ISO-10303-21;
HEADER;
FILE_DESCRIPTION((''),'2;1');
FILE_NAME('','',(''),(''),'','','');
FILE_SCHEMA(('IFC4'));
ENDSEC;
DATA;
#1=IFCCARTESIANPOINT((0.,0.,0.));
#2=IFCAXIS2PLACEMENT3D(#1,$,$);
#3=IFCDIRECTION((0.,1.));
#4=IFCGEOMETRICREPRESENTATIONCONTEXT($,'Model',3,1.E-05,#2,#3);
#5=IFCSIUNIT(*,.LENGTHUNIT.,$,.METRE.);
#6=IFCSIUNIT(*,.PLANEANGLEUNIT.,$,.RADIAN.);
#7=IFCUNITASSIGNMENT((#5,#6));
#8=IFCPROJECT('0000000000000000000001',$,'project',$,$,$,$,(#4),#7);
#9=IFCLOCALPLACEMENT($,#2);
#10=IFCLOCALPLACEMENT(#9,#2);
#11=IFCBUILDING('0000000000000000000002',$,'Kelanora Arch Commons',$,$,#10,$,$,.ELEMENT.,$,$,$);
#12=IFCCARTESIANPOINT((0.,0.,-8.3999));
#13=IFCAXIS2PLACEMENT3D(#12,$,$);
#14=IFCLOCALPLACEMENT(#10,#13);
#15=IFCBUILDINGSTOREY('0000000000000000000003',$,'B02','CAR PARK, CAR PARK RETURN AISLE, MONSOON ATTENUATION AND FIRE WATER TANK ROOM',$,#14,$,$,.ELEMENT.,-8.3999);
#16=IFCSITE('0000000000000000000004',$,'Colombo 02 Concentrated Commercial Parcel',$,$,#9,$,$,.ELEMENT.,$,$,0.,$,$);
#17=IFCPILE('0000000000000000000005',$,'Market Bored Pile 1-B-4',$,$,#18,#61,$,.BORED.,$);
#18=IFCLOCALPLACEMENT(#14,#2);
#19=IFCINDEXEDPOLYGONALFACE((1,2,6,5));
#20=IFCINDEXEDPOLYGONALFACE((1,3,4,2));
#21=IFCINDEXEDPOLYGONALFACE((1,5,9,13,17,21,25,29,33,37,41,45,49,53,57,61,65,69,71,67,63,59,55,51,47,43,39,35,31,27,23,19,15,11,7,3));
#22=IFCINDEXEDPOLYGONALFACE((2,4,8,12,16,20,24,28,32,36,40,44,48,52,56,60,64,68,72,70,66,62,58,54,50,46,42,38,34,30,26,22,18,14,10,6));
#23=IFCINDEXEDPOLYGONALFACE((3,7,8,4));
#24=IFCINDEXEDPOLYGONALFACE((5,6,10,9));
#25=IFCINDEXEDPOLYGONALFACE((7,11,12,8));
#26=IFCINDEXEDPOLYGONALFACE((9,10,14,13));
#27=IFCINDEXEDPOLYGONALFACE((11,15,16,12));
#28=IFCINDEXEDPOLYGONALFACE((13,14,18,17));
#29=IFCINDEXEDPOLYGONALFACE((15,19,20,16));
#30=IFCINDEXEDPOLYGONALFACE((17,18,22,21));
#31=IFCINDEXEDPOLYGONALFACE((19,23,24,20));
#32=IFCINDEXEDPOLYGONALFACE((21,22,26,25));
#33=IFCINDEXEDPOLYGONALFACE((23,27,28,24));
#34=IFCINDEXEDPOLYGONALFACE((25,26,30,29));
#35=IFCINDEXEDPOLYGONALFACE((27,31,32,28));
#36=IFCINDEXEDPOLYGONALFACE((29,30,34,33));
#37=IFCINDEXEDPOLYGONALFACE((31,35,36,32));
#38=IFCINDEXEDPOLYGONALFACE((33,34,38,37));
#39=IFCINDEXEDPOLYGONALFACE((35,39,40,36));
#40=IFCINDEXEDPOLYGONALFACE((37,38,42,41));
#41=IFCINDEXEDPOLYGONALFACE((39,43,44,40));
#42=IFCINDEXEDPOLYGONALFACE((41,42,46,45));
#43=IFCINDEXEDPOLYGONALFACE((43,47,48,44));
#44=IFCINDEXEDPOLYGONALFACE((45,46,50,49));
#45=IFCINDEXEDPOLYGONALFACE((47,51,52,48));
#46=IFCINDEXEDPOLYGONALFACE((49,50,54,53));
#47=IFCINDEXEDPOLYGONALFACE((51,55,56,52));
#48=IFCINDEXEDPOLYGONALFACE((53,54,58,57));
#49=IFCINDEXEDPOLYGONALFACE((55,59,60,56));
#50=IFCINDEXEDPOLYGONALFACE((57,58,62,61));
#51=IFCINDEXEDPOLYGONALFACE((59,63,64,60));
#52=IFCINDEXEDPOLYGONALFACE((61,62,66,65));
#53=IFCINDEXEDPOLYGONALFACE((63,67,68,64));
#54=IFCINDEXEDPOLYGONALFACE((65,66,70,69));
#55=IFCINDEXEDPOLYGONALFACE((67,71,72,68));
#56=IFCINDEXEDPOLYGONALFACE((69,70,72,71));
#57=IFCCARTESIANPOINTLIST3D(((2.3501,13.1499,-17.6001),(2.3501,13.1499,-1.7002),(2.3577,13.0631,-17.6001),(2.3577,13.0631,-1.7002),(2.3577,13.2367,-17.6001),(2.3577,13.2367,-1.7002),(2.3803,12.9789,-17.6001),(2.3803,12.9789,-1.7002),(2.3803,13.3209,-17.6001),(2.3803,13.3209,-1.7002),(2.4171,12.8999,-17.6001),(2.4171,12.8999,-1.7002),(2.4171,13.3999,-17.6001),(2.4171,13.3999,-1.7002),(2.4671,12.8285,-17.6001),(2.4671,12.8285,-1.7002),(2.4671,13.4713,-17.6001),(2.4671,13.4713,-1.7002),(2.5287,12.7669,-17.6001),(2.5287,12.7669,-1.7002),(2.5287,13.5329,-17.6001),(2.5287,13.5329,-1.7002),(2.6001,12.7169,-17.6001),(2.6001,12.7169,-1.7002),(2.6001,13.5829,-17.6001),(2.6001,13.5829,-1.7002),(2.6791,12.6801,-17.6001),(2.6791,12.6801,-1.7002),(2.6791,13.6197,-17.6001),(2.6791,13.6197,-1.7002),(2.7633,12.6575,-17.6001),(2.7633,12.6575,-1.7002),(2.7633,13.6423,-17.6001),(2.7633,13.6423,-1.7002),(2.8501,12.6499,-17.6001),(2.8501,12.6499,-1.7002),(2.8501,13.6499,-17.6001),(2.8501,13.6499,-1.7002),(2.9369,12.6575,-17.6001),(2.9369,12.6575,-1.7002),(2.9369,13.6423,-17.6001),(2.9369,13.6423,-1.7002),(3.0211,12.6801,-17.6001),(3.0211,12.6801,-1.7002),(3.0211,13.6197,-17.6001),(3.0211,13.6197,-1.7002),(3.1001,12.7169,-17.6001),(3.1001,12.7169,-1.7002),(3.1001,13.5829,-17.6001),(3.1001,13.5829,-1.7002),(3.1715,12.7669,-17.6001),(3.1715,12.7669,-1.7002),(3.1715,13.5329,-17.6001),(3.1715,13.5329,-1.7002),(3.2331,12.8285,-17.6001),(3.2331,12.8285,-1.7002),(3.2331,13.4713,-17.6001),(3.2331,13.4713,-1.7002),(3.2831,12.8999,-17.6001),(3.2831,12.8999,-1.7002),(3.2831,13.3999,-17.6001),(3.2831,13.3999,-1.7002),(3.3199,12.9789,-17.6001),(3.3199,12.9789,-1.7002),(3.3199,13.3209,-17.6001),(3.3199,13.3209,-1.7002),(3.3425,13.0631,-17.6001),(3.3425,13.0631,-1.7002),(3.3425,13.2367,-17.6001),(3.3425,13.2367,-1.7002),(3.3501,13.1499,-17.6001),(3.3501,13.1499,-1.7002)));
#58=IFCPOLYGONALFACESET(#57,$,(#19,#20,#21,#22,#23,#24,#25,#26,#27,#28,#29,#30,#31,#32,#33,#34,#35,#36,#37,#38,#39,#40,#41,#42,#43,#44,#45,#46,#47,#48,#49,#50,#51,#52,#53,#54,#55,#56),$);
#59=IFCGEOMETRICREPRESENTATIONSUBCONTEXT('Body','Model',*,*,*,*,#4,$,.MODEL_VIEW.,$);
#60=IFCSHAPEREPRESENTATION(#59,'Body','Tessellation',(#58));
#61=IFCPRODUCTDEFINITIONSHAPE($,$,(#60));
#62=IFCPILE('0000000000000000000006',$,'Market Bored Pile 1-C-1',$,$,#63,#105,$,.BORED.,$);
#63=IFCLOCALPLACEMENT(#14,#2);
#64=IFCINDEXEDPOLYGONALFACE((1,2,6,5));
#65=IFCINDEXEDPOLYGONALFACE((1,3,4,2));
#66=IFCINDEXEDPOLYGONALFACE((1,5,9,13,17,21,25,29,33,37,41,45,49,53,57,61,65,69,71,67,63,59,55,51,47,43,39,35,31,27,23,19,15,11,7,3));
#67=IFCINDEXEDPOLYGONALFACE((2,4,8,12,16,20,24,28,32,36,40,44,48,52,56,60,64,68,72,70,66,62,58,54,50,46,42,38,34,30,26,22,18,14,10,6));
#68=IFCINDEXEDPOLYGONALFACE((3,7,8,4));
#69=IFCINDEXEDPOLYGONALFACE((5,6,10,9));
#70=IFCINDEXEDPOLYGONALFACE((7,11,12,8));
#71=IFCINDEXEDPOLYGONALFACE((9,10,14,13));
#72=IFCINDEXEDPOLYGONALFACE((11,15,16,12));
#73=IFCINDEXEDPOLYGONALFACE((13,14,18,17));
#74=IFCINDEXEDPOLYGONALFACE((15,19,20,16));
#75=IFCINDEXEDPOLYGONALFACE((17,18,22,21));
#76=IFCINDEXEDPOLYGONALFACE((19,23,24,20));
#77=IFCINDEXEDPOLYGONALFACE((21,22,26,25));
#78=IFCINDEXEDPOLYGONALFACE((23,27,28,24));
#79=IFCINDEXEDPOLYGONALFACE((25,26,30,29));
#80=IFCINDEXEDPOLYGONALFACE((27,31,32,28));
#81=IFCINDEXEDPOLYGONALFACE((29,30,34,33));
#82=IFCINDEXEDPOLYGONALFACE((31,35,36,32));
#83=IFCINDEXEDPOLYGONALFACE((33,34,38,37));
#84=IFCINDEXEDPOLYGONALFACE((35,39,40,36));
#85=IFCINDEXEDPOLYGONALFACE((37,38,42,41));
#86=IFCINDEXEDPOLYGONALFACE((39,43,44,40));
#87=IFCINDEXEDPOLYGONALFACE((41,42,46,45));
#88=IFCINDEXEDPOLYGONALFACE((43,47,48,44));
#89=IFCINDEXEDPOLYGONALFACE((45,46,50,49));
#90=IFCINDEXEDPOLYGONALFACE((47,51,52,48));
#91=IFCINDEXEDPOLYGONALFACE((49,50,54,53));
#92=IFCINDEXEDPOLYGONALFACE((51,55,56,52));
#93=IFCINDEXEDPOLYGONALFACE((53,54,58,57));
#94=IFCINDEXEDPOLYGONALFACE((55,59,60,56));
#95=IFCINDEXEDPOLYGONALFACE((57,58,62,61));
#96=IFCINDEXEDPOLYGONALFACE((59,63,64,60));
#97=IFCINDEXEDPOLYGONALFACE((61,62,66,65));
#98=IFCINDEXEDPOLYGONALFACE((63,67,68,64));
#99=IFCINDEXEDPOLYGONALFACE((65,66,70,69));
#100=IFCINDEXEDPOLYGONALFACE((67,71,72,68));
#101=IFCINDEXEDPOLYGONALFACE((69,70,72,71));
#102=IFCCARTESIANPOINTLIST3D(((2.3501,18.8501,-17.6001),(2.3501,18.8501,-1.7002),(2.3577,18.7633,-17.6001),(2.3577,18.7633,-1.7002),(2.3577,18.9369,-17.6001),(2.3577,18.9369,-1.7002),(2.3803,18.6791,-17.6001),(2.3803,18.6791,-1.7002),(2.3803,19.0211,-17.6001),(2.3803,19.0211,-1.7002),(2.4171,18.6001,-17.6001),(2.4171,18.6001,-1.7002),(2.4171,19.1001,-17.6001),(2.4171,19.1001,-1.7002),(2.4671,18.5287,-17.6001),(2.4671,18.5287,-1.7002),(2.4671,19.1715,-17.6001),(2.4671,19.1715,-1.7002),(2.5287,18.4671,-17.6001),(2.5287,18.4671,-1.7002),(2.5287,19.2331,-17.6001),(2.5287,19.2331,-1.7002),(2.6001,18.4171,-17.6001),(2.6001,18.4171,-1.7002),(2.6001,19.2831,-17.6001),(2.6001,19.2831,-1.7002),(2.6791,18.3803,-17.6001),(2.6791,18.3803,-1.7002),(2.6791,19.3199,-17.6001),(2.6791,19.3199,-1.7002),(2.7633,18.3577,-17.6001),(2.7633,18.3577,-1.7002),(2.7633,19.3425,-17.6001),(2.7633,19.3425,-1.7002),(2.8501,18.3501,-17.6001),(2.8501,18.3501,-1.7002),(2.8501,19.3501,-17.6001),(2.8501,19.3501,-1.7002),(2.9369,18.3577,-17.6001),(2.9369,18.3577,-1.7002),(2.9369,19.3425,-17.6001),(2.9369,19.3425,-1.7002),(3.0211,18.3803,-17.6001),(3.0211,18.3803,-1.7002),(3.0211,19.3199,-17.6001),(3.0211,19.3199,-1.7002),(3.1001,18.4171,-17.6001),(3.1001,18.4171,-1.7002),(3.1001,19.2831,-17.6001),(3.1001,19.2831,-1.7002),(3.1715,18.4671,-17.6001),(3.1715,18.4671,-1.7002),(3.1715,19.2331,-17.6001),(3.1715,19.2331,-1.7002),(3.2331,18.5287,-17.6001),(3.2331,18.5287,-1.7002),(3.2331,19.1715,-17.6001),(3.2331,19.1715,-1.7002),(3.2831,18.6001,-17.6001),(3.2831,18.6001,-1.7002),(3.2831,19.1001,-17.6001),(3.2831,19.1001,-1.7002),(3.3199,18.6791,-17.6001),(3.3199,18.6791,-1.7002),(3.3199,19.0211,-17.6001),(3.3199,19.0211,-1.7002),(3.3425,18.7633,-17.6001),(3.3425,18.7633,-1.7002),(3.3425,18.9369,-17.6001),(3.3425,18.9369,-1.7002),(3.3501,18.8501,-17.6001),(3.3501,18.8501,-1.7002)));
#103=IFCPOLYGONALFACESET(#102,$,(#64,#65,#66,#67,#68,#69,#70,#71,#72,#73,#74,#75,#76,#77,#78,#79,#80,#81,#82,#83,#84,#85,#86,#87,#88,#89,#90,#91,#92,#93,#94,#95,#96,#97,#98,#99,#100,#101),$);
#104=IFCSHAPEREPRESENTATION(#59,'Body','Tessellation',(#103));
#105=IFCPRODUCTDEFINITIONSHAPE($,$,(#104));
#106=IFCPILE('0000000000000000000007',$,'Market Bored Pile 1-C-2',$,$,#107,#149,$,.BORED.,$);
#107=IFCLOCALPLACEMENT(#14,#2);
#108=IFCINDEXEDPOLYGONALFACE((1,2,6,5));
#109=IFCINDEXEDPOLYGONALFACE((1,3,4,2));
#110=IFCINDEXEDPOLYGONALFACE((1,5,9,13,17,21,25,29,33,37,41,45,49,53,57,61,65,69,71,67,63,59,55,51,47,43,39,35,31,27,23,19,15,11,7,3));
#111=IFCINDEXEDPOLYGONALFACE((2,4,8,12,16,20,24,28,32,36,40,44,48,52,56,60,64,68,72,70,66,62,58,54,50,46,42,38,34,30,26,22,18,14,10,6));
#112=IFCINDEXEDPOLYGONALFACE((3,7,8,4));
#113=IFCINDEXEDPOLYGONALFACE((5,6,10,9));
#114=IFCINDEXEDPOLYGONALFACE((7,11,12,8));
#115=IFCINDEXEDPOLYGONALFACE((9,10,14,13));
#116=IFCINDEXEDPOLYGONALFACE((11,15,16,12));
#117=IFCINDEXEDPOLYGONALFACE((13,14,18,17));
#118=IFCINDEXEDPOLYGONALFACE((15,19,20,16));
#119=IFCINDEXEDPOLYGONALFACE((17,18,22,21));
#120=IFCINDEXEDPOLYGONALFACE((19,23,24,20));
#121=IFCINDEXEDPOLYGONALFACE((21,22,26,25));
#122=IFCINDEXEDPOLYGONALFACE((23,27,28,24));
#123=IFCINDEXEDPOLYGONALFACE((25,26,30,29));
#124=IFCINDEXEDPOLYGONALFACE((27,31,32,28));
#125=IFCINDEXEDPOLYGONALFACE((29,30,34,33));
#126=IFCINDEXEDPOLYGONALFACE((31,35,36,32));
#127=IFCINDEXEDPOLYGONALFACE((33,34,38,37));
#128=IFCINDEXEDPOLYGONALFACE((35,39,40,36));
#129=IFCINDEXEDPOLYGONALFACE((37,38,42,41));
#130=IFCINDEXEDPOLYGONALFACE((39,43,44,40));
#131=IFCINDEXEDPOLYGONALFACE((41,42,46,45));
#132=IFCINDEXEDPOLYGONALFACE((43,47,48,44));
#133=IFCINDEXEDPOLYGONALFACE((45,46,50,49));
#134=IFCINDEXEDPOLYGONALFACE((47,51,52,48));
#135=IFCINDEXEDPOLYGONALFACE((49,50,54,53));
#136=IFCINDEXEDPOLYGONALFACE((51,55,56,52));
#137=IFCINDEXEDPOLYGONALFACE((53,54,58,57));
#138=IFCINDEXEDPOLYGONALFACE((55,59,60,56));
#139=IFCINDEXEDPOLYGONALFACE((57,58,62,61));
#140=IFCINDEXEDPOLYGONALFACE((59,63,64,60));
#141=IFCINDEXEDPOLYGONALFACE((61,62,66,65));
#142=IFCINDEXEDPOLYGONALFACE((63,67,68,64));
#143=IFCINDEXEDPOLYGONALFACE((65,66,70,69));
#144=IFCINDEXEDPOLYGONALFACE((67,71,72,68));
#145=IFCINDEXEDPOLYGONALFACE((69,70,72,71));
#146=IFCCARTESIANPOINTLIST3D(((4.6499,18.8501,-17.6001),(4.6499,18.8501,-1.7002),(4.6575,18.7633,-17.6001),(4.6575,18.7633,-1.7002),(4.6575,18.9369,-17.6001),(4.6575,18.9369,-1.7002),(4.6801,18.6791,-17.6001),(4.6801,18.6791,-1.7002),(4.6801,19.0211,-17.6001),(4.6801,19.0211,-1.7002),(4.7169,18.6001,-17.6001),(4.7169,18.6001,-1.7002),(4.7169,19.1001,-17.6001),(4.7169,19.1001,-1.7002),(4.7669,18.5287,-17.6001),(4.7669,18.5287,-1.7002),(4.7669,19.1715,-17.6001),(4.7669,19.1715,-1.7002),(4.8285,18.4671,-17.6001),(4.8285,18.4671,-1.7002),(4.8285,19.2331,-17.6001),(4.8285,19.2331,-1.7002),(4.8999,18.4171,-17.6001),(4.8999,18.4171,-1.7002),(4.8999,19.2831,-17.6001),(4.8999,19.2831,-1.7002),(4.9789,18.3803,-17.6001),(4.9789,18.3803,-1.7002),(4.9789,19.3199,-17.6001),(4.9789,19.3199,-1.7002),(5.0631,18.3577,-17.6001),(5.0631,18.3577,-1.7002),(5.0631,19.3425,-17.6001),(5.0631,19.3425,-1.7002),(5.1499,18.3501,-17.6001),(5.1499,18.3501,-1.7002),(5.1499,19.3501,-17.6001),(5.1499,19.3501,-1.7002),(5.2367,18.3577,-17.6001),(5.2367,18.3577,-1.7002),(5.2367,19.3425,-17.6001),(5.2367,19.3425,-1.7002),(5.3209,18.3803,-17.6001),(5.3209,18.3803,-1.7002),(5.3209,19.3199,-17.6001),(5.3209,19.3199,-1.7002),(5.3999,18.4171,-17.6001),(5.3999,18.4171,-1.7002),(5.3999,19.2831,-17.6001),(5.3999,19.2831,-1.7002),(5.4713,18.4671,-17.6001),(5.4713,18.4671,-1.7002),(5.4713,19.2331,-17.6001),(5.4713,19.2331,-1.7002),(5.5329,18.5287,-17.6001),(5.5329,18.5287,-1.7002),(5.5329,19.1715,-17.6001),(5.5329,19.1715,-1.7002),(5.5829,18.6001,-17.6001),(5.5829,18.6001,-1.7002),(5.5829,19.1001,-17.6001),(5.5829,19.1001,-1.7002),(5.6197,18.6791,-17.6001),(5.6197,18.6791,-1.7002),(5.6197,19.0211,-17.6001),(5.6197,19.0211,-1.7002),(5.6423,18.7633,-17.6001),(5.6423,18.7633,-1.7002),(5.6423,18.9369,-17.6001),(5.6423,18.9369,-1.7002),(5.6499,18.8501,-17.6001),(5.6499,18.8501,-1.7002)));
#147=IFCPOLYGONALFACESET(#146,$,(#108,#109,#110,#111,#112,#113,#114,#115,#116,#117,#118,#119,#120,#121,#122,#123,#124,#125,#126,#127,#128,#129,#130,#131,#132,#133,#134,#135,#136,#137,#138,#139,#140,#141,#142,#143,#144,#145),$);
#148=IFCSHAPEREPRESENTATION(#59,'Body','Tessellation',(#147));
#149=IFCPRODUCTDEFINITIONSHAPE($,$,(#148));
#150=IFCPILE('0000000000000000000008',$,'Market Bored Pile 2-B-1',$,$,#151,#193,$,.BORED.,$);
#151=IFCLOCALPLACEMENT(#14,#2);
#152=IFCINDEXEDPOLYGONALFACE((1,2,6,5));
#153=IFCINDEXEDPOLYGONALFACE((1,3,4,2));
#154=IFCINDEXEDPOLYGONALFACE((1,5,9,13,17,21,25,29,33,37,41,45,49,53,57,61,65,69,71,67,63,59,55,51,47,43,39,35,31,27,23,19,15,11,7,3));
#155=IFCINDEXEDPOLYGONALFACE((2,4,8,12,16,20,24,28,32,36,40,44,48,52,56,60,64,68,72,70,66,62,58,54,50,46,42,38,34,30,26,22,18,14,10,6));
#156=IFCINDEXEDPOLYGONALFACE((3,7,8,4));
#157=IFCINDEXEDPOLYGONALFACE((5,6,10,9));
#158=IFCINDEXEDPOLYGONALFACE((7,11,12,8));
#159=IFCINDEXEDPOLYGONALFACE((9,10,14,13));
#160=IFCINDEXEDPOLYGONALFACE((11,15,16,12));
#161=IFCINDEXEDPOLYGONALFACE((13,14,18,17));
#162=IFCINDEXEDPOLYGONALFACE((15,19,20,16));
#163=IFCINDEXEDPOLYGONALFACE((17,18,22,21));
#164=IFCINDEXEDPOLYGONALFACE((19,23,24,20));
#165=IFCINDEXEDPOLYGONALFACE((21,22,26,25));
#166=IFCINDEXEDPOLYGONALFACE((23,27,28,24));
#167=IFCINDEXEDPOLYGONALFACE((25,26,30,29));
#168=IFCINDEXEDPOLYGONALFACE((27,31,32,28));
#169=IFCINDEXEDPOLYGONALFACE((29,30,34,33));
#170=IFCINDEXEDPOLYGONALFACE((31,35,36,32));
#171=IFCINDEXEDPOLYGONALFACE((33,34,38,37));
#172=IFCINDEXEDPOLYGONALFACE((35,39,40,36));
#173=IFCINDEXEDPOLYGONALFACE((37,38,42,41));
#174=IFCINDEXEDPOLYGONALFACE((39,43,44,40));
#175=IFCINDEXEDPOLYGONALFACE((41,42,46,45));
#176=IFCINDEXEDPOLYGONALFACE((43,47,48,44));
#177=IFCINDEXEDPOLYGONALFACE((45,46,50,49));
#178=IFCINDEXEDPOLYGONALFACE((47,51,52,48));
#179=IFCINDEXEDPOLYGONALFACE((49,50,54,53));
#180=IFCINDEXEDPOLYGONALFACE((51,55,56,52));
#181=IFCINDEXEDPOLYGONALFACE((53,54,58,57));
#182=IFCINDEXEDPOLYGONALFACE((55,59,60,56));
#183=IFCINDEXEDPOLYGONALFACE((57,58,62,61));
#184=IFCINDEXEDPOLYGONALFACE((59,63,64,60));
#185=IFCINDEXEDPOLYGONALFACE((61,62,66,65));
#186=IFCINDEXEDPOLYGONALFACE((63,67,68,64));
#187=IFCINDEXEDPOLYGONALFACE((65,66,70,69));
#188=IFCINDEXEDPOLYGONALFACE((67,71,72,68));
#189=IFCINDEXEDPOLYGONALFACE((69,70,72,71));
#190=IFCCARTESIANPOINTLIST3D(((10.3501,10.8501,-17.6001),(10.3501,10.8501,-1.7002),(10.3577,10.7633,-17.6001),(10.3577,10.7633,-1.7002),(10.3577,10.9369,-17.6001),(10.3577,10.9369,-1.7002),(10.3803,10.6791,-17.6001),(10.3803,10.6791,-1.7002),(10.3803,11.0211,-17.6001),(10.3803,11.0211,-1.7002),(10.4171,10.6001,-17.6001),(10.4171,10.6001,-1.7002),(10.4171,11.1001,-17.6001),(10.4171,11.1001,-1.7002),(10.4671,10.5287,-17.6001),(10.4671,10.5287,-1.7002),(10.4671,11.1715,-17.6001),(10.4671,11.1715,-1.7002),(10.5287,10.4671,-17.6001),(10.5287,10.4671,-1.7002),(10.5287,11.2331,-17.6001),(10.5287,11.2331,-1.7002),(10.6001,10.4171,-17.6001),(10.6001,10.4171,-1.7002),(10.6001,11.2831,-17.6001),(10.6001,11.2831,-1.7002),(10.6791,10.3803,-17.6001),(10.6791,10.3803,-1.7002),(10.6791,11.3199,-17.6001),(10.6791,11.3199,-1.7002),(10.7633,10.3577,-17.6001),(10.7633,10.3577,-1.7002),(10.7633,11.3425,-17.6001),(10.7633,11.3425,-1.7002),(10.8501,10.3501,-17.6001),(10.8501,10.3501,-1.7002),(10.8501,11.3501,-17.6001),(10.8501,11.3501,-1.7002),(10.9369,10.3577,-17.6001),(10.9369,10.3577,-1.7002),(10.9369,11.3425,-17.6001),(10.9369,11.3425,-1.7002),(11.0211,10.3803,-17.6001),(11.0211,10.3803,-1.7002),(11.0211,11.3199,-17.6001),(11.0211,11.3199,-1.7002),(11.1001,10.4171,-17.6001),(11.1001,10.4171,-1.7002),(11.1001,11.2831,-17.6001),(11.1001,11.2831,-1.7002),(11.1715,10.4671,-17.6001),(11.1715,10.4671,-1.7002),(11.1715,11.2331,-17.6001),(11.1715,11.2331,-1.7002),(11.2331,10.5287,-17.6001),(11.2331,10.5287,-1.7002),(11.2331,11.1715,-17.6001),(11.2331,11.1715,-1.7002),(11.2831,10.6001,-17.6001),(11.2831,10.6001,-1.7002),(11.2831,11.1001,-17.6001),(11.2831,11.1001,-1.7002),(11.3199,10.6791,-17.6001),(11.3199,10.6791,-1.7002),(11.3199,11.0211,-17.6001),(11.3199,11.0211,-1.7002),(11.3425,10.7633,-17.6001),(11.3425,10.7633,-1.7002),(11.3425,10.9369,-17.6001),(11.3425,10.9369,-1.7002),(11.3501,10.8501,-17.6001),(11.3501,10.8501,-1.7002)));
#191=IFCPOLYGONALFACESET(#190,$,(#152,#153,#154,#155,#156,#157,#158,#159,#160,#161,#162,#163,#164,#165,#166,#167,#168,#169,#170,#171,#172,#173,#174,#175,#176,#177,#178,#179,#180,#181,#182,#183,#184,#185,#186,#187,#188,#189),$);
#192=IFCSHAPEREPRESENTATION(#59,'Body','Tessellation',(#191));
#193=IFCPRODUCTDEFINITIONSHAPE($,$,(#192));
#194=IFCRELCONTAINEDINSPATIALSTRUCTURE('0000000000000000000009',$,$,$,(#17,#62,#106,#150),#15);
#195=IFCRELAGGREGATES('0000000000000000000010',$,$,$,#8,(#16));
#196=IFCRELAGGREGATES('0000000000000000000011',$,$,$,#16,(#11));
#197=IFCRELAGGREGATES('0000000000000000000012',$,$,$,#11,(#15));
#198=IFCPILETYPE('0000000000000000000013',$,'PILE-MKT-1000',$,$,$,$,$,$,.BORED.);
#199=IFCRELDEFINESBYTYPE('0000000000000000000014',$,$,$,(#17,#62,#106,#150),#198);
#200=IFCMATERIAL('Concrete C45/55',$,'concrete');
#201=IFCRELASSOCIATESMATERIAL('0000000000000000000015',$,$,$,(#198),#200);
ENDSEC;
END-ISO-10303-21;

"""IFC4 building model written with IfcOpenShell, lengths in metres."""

from ifc_helpers import new_model, si_unit, direction, frame, origin, origin_2d, place, context, subcontext, project, spatial, circle, extrude, source, transform, mapped, material, material_profile, profile_set, type_object, element, save


model = new_model("IFC4")

# Units and contexts
model_context = context("Model", 3, precision=1e-05, world=origin(), true_north=direction((0.0, 1.0)))
body_context = subcontext(model_context, "Body", "Model", "MODEL_VIEW")
ifc_project = project(units=[si_unit("LENGTHUNIT", "METRE"), si_unit("PLANEANGLEUNIT", "RADIAN")], contexts=[model_context])

# Site, building, storey
site_placement = place(None, origin())
site = spatial("IfcSite", under=ifc_project, at=site_placement, Name="Colombo 02 Concentrated Commercial Parcel", CompositionType="ELEMENT", RefElevation=0.0)
building_placement = place(site_placement, origin())
building = spatial("IfcBuilding", under=site, at=building_placement, Name="Kelanora Arch Commons", CompositionType="ELEMENT")
storey_placement = place(building_placement, frame((0.0, 0.0, -8.3999)))
storey = spatial("IfcBuildingStorey", under=building, at=storey_placement, Name="B02", Description="CAR PARK, CAR PARK RETURN AISLE, MONSOON ATTENUATION AND FIRE WATER TANK ROOM", CompositionType="ELEMENT", Elevation=-8.3999)

# Piles
ifc_material_1 = material(Name="Concrete C45/55", Category="concrete")
ifc_material_profile_1 = material_profile(ifc_material_1, circle(Radius=0.5, at=origin_2d()), Name="PILE1000")
ifc_profile_set_1 = profile_set([ifc_material_profile_1], Name="Concrete C45/55")
pile_type = type_object("IfcPileType", Name="PILE-MKT-1000", PredefinedType="BORED", material=ifc_profile_set_1)
shared_shape_1 = source(origin(), body_context, "Body", "SweptSolid", [
    extrude(circle(Radius=0.5, at=origin_2d()), origin(), (0.0, 0.0, 1.0), 15.8999),
])
for number, where, z_axis, x_axis, name in (
    (1, (2.8501, 13.1499, -1.7002), (0.0, 0.0, -1.0), (1.0, 0.0, 0.0), "Market Bored Pile 1-B-4"),
    (2, (2.8501, 18.8501, -1.7002), (0.0, 0.0, -1.0), (1.0, 0.0, 0.0), "Market Bored Pile 1-C-1"),
    (3, (5.1499, 18.8501, -1.7002), (0.0, 0.0, -1.0), (1.0, 0.0, 0.0), "Market Bored Pile 1-C-2"),
    (4, (10.8501, 10.8501, -1.7002), (0.0, 0.0, -1.0), (1.0, 0.0, 0.0), "Market Bored Pile 2-B-1"),
):
    element("IfcPile", number, at=place(storey_placement, frame(where, z_axis=z_axis, x_axis=x_axis)), inside=storey, type_object=pile_type, Name=name, PredefinedType="BORED", context=body_context, shape_type="MappedRepresentation", body=[
        mapped(shared_shape_1, transform((0.0, 0.0, 0.0), scale=1.0)),
    ])

save(model, "model.ifc")
